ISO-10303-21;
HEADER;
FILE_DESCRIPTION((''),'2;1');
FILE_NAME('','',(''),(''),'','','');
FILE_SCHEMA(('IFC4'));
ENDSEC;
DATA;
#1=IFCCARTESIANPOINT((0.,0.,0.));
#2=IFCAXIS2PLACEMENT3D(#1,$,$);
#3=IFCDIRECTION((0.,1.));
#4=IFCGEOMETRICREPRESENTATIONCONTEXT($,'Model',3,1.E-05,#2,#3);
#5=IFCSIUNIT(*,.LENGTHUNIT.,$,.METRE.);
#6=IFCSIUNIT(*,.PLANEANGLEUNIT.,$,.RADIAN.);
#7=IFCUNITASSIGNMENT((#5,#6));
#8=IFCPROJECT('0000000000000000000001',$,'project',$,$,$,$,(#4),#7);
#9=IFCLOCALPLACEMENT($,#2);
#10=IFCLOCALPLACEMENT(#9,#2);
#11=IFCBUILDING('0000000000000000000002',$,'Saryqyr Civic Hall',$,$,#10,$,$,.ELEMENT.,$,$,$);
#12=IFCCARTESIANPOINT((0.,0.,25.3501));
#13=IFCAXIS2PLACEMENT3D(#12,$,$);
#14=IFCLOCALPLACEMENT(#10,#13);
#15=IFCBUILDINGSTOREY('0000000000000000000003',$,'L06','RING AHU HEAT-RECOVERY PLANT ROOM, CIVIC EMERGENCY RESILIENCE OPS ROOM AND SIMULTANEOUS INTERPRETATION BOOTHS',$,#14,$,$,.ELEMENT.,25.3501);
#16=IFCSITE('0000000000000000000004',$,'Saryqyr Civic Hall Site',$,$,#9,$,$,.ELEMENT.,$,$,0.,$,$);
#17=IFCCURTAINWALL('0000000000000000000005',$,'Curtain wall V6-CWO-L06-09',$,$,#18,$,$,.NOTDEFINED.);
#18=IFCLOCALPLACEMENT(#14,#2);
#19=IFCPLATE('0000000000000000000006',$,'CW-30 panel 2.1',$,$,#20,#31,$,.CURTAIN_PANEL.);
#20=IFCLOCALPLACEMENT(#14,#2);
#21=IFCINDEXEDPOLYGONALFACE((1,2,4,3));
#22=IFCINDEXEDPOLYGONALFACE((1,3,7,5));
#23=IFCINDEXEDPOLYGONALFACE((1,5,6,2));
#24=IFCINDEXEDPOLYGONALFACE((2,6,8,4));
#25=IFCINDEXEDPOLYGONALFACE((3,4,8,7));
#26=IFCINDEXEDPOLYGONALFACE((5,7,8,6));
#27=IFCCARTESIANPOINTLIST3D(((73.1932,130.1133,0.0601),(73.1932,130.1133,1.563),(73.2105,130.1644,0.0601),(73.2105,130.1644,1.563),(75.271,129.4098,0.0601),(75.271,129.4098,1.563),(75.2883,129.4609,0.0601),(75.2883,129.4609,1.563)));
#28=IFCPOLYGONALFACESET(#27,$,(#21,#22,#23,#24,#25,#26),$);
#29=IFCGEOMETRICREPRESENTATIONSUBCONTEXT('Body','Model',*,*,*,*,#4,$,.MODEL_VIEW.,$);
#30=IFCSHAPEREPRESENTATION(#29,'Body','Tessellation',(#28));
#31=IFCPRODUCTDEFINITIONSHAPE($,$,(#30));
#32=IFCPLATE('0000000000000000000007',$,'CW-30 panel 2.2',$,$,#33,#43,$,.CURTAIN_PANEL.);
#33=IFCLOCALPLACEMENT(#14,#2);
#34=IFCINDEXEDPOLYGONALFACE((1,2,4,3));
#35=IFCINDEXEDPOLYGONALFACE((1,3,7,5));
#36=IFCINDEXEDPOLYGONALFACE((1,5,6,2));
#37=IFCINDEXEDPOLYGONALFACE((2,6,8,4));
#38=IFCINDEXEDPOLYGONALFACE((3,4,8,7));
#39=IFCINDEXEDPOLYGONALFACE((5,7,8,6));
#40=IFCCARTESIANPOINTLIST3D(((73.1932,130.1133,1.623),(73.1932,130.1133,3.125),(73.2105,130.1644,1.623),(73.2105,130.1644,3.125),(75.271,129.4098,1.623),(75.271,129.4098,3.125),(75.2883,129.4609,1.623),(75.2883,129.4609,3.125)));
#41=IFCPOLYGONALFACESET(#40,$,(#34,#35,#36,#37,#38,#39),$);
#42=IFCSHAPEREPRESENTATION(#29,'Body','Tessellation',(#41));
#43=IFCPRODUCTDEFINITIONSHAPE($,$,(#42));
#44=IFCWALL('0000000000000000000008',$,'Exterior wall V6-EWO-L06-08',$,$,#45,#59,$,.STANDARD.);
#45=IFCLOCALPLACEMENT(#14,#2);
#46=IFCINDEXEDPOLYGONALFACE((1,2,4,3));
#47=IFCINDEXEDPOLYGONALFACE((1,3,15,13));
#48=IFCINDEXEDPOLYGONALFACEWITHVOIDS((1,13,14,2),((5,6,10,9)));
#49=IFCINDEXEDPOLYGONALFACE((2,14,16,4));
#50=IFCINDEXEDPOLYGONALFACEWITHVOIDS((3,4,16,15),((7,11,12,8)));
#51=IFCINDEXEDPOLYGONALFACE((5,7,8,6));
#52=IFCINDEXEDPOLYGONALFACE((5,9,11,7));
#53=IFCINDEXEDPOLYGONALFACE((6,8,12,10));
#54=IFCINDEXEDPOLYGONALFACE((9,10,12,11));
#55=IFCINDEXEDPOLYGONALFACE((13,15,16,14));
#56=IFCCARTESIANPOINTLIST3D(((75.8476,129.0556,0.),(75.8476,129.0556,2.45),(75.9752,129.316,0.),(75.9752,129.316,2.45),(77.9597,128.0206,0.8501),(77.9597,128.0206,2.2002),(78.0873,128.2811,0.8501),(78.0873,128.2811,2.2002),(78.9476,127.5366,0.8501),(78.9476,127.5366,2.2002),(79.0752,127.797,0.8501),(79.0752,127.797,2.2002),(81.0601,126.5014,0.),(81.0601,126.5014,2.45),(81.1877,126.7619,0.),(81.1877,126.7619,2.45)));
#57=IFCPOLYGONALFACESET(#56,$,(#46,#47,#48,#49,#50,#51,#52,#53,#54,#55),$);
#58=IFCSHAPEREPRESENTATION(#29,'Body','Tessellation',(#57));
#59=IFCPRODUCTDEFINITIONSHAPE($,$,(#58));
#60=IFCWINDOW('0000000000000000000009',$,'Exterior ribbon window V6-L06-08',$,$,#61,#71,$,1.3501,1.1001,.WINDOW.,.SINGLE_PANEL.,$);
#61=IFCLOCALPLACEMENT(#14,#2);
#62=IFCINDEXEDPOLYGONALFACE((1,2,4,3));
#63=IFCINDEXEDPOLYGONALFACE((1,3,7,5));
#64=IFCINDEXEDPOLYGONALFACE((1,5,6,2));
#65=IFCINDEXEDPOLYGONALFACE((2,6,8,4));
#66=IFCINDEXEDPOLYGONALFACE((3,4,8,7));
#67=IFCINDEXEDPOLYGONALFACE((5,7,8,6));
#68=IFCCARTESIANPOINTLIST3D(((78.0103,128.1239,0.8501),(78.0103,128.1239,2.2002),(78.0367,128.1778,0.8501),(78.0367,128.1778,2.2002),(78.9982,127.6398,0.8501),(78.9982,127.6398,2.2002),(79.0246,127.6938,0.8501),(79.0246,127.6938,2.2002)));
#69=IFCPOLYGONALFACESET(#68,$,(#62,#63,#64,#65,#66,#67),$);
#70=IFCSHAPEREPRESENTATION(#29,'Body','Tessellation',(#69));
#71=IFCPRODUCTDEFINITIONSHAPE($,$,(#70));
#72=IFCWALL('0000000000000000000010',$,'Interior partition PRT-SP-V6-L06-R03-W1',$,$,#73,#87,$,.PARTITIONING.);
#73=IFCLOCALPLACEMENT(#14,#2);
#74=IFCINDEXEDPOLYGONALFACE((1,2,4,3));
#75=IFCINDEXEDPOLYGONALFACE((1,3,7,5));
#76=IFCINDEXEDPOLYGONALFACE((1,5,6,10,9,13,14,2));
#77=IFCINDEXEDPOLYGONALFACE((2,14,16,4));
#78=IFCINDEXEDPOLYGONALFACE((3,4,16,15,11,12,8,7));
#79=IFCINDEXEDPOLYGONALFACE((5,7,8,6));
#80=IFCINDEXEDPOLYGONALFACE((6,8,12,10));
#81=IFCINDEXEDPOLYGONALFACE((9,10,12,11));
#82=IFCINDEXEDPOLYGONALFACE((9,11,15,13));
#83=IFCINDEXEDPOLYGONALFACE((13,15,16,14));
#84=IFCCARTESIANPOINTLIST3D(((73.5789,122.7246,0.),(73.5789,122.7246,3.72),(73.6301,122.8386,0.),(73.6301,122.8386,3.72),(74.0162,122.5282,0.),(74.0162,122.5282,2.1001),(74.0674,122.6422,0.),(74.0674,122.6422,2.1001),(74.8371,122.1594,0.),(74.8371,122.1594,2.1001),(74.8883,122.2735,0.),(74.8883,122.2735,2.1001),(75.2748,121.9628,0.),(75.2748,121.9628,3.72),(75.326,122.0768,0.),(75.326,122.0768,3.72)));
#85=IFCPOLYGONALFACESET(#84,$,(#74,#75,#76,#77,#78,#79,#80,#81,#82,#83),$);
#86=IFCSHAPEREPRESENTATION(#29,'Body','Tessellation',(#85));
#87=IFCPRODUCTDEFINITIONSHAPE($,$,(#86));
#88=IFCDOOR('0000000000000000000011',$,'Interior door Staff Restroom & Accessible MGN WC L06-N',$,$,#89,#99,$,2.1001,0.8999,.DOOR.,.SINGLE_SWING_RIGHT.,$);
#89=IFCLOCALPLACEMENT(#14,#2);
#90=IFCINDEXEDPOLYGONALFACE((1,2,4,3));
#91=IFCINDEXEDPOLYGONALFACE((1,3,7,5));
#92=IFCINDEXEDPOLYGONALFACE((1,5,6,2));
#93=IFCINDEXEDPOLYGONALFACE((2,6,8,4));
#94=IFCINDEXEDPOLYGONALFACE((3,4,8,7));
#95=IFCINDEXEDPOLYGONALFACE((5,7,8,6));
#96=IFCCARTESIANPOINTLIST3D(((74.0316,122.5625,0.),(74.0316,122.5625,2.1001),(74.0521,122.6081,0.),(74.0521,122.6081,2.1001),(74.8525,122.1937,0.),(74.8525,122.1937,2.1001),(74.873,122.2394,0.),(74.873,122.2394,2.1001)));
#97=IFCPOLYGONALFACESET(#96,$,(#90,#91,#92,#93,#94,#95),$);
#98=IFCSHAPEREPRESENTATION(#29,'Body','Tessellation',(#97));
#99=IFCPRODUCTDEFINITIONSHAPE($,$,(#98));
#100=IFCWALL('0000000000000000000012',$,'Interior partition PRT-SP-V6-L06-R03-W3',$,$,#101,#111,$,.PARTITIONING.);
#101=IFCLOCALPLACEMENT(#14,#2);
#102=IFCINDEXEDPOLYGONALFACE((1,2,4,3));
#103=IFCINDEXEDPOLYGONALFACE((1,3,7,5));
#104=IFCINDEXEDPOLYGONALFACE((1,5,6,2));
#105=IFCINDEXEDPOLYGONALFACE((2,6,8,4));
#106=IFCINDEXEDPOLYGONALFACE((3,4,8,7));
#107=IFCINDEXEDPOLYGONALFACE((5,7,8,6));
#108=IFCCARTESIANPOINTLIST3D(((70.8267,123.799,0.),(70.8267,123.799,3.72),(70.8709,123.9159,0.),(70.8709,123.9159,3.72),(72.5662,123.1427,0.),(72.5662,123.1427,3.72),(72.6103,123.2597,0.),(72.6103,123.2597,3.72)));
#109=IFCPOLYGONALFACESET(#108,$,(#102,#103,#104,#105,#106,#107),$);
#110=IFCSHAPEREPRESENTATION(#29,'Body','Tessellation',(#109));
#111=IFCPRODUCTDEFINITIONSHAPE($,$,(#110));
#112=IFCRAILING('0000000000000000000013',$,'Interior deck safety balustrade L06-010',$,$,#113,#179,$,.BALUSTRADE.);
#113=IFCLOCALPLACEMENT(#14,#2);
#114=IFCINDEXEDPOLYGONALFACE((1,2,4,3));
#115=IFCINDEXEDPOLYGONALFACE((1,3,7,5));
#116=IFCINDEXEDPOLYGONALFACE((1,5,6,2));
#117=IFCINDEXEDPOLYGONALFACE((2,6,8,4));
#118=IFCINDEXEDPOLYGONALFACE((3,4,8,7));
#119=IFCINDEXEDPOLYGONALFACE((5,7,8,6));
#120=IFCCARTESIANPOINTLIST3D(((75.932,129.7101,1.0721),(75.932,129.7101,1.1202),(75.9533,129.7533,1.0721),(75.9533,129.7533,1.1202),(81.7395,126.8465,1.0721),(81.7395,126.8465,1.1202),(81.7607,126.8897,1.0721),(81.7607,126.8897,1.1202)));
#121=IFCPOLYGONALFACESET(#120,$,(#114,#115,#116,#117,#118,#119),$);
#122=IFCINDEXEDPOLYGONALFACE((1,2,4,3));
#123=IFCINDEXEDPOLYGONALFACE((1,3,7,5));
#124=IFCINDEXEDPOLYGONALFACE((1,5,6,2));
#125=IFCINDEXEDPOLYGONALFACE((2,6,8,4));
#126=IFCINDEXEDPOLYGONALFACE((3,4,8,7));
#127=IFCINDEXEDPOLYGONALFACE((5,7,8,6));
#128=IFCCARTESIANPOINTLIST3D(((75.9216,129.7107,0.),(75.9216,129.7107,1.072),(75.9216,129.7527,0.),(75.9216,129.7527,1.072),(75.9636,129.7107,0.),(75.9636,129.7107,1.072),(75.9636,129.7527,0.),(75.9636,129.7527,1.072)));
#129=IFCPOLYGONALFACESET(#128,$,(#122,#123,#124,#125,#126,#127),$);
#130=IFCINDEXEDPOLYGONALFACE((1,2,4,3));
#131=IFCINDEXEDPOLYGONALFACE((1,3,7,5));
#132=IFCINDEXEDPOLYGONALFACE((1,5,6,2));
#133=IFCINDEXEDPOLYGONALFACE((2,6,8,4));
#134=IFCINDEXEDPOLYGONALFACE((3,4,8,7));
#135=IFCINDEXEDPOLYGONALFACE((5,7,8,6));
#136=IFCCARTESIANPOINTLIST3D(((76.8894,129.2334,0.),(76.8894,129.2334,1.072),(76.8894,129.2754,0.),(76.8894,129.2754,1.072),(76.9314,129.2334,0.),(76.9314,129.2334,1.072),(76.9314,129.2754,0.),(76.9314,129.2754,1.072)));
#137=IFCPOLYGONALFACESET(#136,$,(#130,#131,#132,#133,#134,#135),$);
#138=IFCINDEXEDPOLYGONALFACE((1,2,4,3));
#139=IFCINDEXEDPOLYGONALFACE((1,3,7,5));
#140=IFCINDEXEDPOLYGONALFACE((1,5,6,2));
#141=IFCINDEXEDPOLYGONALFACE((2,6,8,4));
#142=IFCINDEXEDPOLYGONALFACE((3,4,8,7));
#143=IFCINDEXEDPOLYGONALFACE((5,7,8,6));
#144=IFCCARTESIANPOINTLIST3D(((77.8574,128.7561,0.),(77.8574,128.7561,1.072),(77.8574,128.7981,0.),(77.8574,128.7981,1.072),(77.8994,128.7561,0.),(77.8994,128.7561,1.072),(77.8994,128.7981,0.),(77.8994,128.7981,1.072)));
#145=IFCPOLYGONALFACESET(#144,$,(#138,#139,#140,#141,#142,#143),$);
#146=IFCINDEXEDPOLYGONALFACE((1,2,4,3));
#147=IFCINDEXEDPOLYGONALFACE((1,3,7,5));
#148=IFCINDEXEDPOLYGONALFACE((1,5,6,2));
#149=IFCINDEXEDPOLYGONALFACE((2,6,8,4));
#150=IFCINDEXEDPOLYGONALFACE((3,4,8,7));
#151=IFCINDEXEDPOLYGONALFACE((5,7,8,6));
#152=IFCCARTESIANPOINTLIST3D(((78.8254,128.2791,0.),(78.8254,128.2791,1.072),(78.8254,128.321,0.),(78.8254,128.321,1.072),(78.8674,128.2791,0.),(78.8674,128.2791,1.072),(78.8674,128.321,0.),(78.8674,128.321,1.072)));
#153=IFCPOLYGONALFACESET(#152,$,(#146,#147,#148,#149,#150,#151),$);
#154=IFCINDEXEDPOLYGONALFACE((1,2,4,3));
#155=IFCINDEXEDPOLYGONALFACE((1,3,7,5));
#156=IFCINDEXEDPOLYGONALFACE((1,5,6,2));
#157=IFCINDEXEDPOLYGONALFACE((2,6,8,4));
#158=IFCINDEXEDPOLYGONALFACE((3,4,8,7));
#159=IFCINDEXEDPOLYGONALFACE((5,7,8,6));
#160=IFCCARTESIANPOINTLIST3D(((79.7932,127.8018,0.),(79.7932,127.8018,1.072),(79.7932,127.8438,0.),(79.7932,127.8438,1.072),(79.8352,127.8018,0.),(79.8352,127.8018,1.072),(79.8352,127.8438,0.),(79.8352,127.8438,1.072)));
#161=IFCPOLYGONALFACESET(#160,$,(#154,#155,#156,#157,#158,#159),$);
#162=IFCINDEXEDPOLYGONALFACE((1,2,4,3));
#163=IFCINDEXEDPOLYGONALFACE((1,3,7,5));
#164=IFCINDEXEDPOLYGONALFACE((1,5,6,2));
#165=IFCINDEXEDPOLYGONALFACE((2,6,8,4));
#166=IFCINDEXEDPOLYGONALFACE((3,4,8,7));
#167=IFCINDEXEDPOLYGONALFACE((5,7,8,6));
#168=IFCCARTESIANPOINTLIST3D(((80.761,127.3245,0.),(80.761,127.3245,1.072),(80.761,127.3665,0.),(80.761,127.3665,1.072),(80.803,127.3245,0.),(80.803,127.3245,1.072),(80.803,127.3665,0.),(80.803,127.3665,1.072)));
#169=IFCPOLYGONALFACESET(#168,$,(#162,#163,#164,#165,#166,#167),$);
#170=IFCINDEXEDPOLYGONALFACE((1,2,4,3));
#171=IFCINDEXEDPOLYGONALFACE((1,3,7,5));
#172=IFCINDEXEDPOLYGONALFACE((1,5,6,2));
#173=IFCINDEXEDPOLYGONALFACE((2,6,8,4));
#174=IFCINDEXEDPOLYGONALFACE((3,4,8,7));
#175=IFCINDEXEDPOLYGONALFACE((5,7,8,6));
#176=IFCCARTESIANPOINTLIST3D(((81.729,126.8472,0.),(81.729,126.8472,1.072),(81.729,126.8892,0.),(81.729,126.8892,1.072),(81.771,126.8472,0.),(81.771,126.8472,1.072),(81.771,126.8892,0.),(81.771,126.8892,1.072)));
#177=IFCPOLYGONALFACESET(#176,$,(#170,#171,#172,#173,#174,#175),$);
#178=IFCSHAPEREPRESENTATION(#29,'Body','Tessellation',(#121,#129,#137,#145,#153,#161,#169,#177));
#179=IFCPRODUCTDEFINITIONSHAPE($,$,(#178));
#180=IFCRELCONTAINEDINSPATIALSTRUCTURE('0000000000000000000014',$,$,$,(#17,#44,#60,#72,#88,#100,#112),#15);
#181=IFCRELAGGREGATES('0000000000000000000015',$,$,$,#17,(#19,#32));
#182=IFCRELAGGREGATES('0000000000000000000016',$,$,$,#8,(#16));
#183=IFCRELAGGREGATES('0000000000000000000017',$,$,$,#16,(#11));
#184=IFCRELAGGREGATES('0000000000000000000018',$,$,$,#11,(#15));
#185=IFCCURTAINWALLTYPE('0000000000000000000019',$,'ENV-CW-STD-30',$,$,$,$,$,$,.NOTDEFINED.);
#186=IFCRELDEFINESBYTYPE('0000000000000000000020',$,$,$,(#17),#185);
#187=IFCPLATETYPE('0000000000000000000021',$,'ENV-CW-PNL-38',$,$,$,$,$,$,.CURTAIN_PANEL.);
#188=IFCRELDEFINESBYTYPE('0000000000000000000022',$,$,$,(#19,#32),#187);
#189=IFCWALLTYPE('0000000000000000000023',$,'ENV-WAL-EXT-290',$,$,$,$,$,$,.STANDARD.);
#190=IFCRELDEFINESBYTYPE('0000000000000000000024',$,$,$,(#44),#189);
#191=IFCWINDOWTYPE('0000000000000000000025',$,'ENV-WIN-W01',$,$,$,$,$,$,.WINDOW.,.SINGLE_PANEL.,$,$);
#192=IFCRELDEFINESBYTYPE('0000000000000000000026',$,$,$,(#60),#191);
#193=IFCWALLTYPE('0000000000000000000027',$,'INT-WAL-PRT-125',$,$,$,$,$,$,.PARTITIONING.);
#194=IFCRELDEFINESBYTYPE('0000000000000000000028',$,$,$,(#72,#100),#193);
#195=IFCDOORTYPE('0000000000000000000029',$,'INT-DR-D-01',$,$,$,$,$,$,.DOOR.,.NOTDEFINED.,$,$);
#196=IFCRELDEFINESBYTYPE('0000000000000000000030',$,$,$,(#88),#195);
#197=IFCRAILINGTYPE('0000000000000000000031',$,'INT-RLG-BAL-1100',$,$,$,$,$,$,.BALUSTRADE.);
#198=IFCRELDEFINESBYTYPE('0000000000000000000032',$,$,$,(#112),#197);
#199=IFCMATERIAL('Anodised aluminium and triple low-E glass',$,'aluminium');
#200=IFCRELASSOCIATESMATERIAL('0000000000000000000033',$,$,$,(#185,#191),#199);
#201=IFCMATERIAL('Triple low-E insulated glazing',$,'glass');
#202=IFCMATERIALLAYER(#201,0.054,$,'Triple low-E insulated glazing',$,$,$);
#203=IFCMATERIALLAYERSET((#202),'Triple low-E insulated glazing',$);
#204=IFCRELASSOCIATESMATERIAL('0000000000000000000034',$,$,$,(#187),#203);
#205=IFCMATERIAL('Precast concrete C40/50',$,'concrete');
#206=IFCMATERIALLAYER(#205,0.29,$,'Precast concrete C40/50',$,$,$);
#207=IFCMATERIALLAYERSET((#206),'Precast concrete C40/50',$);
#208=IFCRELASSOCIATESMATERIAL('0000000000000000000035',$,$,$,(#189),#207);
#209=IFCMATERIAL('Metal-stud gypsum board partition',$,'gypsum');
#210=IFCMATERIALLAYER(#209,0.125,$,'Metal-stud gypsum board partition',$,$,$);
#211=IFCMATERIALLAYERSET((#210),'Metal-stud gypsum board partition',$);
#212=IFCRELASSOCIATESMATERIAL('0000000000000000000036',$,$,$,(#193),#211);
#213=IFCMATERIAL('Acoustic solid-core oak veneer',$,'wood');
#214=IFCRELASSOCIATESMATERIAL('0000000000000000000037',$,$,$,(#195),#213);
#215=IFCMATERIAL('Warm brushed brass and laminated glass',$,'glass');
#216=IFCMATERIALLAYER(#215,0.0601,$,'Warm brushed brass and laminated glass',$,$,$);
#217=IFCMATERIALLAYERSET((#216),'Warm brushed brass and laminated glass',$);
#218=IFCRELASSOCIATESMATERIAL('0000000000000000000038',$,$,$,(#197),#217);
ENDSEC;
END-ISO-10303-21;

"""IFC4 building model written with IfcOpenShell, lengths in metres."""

from ifc_helpers import new_model, si_unit, direction, frame, frame_2d, origin, origin_2d, place, context, subcontext, project, spatial, rectangle, extrude, material, layer, layer_set, type_object, element, fill, aggregate, save


model = new_model("IFC4")

# Units and contexts
model_context = context("Model", 3, precision=1e-05, world=origin(), true_north=direction((0.0, 1.0)))
body_context = subcontext(model_context, "Body", "Model", "MODEL_VIEW")
ifc_project = project(units=[si_unit("LENGTHUNIT", "METRE"), si_unit("PLANEANGLEUNIT", "RADIAN")], contexts=[model_context])

# Site, building, storey
site_placement = place(None, origin())
site = spatial("IfcSite", under=ifc_project, at=site_placement, Name="Saryqyr Civic Hall Site", CompositionType="ELEMENT", RefElevation=0.0)
building_placement = place(site_placement, origin())
building = spatial("IfcBuilding", under=site, at=building_placement, Name="Saryqyr Civic Hall", CompositionType="ELEMENT")
storey_placement = place(building_placement, frame((0.0, 0.0, 25.3501)))
storey = spatial("IfcBuildingStorey", under=building, at=storey_placement, Name="L06", Description="RING AHU HEAT-RECOVERY PLANT ROOM, CIVIC EMERGENCY RESILIENCE OPS ROOM AND SIMULTANEOUS INTERPRETATION BOOTHS", CompositionType="ELEMENT", Elevation=25.3501)

# Curtain wall
ifc_material_1 = material(Name="Anodised aluminium and triple low-E glass", Category="aluminium")
curtain_wall_type = type_object("IfcCurtainWallType", Name="ENV-CW-STD-30", PredefinedType="NOTDEFINED", material=ifc_material_1)
curtain_wall_placement = place(storey_placement, origin())
curtain_wall = element("IfcCurtainWall", 1, at=curtain_wall_placement, inside=storey, type_object=curtain_wall_type, Name="Curtain wall V6-CWO-L06-09", PredefinedType="NOTDEFINED")

# Plates
ifc_material_2 = material(Name="Triple low-E insulated glazing", Category="glass")
ifc_layer_1 = layer(ifc_material_2, 0.054, Name="Triple low-E insulated glazing")
ifc_layer_set_1 = layer_set([ifc_layer_1], Name="Triple low-E insulated glazing")
plate_type = type_object("IfcPlateType", Name="ENV-CW-PNL-38", PredefinedType="CURTAIN_PANEL", material=ifc_layer_set_1)
plate_1_placement = place(storey_placement, frame((74.2407, 129.7871, 0.0601), z_axis=(0.0, 0.0, 1.0), x_axis=(0.94719, -0.320671, 0.0)))
plate_1 = element("IfcPlate", 2, at=plate_1_placement, type_object=plate_type, Name="CW-30 panel 2.1", PredefinedType="CURTAIN_PANEL", context=body_context, shape_type="SweptSolid", body=[
    extrude(rectangle(XDim=2.1936, YDim=0.054, at=origin_2d()), origin(), (0.0, 0.0, 1.0), 1.5029),
])
plate_2_placement = place(storey_placement, frame((74.2407, 129.7871, 1.623), z_axis=(0.0, 0.0, 1.0), x_axis=(0.94719, -0.320671, 0.0)))
plate_2 = element("IfcPlate", 3, at=plate_2_placement, type_object=plate_type, Name="CW-30 panel 2.2", PredefinedType="CURTAIN_PANEL", context=body_context, shape_type="SweptSolid", body=[
    extrude(rectangle(XDim=2.1936, YDim=0.054, at=origin_2d()), origin(), (0.0, 0.0, 1.0), 1.502),
])
aggregate(curtain_wall, [plate_1, plate_2])

# Wall, opening, window
ifc_material_3 = material(Name="Precast concrete C40/50", Category="concrete")
ifc_layer_2 = layer(ifc_material_3, 0.29, Name="Precast concrete C40/50")
ifc_layer_set_2 = layer_set([ifc_layer_2], Name="Precast concrete C40/50")
wall_type_1 = type_object("IfcWallType", Name="ENV-WAL-EXT-290", PredefinedType="STANDARD", material=ifc_layer_set_2)
wall_1_placement = place(storey_placement, frame((75.9114, 129.1858, 0.0), z_axis=(0.0, 0.0, 1.0), x_axis=(0.89799, -0.440016, 0.0)))
wall_1 = element("IfcWall", 4, at=wall_1_placement, inside=storey, type_object=wall_type_1, Name="Exterior wall V6-EWO-L06-08", PredefinedType="STANDARD", context=body_context, shape_type="SweptSolid", body=[
    extrude(rectangle(XDim=5.8047, YDim=0.29, at=frame_2d((2.9023, 0.0))), origin(), (0.0, 0.0, 1.0), 2.45),
])
opening_1_placement = place(wall_1_placement, frame((2.3521, 0.0, 0.8501)))
opening_1 = element("IfcOpeningElement", 5, at=opening_1_placement, cuts=wall_1, PredefinedType="OPENING", context=body_context, shape_type="SweptSolid", body=[
    extrude(rectangle(XDim=1.1001, YDim=1.3501, at=frame_2d((0.55, 0.675))), frame((0.0, 0.155, 0.0), z_axis=(0.0, -1.0, 0.0), x_axis=(1.0, 0.0, 0.0)), (0.0, 0.0, 1.0), 0.3101),
])
window_type = type_object("IfcWindowType", Name="ENV-WIN-W01", PartitioningType="SINGLE_PANEL", PredefinedType="WINDOW", material=ifc_material_1)
window_placement = place(opening_1_placement, origin())
window = element("IfcWindow", 6, at=window_placement, inside=storey, type_object=window_type, Name="Exterior ribbon window V6-L06-08", OverallHeight=1.3501, OverallWidth=1.1001, PartitioningType="SINGLE_PANEL", PredefinedType="WINDOW", context=body_context, shape_type="SweptSolid", body=[
    extrude(rectangle(XDim=1.1001, YDim=1.3501, at=frame_2d((0.55, 0.675))), frame((0.0, 0.03, 0.0), z_axis=(0.0, -1.0, 0.0), x_axis=(1.0, 0.0, 0.0)), (0.0, 0.0, 1.0), 0.0601),
])
fill(opening_1, window)

# Wall, opening, door
ifc_material_4 = material(Name="Metal-stud gypsum board partition", Category="gypsum")
ifc_layer_3 = layer(ifc_material_4, 0.125, Name="Metal-stud gypsum board partition")
ifc_layer_set_3 = layer_set([ifc_layer_3], Name="Metal-stud gypsum board partition")
wall_type_2 = type_object("IfcWallType", Name="INT-WAL-PRT-125", PredefinedType="PARTITIONING", material=ifc_layer_set_3)
wall_2_placement = place(storey_placement, frame((75.3005, 122.0198, 0.0), z_axis=(0.0, 0.0, 1.0), x_axis=(-0.912201, 0.409742, 0.0)))
wall_2 = element("IfcWall", 7, at=wall_2_placement, inside=storey, type_object=wall_type_2, Name="Interior partition PRT-SP-V6-L06-R03-W1", PredefinedType="PARTITIONING", context=body_context, shape_type="SweptSolid", body=[
    extrude(rectangle(XDim=1.8591, YDim=0.125, at=frame_2d((0.9297, 0.0))), origin(), (0.0, 0.0, 1.0), 3.72),
])
opening_2_placement = place(wall_2_placement, frame((0.48, 0.0, 0.0)))
opening_2 = element("IfcOpeningElement", 8, at=opening_2_placement, cuts=wall_2, PredefinedType="OPENING", context=body_context, shape_type="SweptSolid", body=[
    extrude(rectangle(XDim=0.8999, YDim=2.1001, at=frame_2d((0.45, 1.05))), frame((0.0, 0.0725, 0.0), z_axis=(0.0, -1.0, 0.0), x_axis=(1.0, 0.0, 0.0)), (0.0, 0.0, 1.0), 0.145),
])
ifc_material_5 = material(Name="Acoustic solid-core oak veneer", Category="wood")
door_type = type_object("IfcDoorType", Name="INT-DR-D-01", OperationType="NOTDEFINED", PredefinedType="DOOR", material=ifc_material_5)
door_placement = place(opening_2_placement, origin())
door = element("IfcDoor", 9, at=door_placement, inside=storey, type_object=door_type, Name="Interior door Staff Restroom & Accessible MGN WC L06-N", OperationType="SINGLE_SWING_RIGHT", OverallHeight=2.1001, OverallWidth=0.8999, PredefinedType="DOOR", context=body_context, shape_type="SweptSolid", body=[
    extrude(rectangle(XDim=0.8999, YDim=2.1001, at=frame_2d((0.45, 1.05))), frame((0.0, 0.0249, 0.0), z_axis=(0.0, -1.0, 0.0), x_axis=(1.0, 0.0, 0.0)), (0.0, 0.0, 1.0), 0.05),
])
fill(opening_2, door)

# Wall
wall_3_placement = place(storey_placement, frame((72.5884, 123.2012, 0.0), z_axis=(0.0, 0.0, 1.0), x_axis=(-0.935631, 0.352979, 0.0)))
element("IfcWall", 10, at=wall_3_placement, inside=storey, type_object=wall_type_2, Name="Interior partition PRT-SP-V6-L06-R03-W3", PredefinedType="PARTITIONING", context=body_context, shape_type="SweptSolid", body=[
    extrude(rectangle(XDim=1.8591, YDim=0.125, at=frame_2d((0.9297, 0.0))), origin(), (0.0, 0.0, 1.0), 3.72),
])

# Railing
ifc_material_6 = material(Name="Warm brushed brass and laminated glass", Category="glass")
ifc_layer_4 = layer(ifc_material_6, 0.0601, Name="Warm brushed brass and laminated glass")
ifc_layer_set_4 = layer_set([ifc_layer_4], Name="Warm brushed brass and laminated glass")
railing_type = type_object("IfcRailingType", Name="INT-RLG-BAL-1100", PredefinedType="BALUSTRADE", material=ifc_layer_set_4)
railing_placement = place(storey_placement, frame((75.9426, 129.7317, 0.0)))
element("IfcRailing", 11, at=railing_placement, inside=storey, type_object=railing_type, Name="Interior deck safety balustrade L06-010", PredefinedType="BALUSTRADE", context=body_context, shape_type="SweptSolid", body=[
    extrude(rectangle(XDim=0.0481, YDim=0.0481, at=origin_2d()), frame((0.0, 0.0, 1.0962), z_axis=(0.896894, -0.442245, 0.0), x_axis=(0.442245, 0.896894, 0.0)), (0.0, 0.0, 1.0), 6.4751),
    extrude(rectangle(XDim=0.042, YDim=0.042, at=origin_2d()), origin(), (0.0, 0.0, 1.0), 1.072),
    extrude(rectangle(XDim=0.042, YDim=0.042, at=origin_2d()), frame((0.9678, -0.4773, 0.0)), (0.0, 0.0, 1.0), 1.072),
    extrude(rectangle(XDim=0.042, YDim=0.042, at=origin_2d()), frame((1.9358, -0.9546, 0.0)), (0.0, 0.0, 1.0), 1.072),
    extrude(rectangle(XDim=0.042, YDim=0.042, at=origin_2d()), frame((2.9038, -1.4316, 0.0)), (0.0, 0.0, 1.0), 1.072),
    extrude(rectangle(XDim=0.042, YDim=0.042, at=origin_2d()), frame((3.8716, -1.9089, 0.0)), (0.0, 0.0, 1.0), 1.072),
    extrude(rectangle(XDim=0.042, YDim=0.042, at=origin_2d()), frame((4.8394, -2.3862, 0.0)), (0.0, 0.0, 1.0), 1.072),
    extrude(rectangle(XDim=0.042, YDim=0.042, at=origin_2d()), frame((5.8074, -2.8635, 0.0)), (0.0, 0.0, 1.0), 1.072),
])

save(model, "model.ifc")
